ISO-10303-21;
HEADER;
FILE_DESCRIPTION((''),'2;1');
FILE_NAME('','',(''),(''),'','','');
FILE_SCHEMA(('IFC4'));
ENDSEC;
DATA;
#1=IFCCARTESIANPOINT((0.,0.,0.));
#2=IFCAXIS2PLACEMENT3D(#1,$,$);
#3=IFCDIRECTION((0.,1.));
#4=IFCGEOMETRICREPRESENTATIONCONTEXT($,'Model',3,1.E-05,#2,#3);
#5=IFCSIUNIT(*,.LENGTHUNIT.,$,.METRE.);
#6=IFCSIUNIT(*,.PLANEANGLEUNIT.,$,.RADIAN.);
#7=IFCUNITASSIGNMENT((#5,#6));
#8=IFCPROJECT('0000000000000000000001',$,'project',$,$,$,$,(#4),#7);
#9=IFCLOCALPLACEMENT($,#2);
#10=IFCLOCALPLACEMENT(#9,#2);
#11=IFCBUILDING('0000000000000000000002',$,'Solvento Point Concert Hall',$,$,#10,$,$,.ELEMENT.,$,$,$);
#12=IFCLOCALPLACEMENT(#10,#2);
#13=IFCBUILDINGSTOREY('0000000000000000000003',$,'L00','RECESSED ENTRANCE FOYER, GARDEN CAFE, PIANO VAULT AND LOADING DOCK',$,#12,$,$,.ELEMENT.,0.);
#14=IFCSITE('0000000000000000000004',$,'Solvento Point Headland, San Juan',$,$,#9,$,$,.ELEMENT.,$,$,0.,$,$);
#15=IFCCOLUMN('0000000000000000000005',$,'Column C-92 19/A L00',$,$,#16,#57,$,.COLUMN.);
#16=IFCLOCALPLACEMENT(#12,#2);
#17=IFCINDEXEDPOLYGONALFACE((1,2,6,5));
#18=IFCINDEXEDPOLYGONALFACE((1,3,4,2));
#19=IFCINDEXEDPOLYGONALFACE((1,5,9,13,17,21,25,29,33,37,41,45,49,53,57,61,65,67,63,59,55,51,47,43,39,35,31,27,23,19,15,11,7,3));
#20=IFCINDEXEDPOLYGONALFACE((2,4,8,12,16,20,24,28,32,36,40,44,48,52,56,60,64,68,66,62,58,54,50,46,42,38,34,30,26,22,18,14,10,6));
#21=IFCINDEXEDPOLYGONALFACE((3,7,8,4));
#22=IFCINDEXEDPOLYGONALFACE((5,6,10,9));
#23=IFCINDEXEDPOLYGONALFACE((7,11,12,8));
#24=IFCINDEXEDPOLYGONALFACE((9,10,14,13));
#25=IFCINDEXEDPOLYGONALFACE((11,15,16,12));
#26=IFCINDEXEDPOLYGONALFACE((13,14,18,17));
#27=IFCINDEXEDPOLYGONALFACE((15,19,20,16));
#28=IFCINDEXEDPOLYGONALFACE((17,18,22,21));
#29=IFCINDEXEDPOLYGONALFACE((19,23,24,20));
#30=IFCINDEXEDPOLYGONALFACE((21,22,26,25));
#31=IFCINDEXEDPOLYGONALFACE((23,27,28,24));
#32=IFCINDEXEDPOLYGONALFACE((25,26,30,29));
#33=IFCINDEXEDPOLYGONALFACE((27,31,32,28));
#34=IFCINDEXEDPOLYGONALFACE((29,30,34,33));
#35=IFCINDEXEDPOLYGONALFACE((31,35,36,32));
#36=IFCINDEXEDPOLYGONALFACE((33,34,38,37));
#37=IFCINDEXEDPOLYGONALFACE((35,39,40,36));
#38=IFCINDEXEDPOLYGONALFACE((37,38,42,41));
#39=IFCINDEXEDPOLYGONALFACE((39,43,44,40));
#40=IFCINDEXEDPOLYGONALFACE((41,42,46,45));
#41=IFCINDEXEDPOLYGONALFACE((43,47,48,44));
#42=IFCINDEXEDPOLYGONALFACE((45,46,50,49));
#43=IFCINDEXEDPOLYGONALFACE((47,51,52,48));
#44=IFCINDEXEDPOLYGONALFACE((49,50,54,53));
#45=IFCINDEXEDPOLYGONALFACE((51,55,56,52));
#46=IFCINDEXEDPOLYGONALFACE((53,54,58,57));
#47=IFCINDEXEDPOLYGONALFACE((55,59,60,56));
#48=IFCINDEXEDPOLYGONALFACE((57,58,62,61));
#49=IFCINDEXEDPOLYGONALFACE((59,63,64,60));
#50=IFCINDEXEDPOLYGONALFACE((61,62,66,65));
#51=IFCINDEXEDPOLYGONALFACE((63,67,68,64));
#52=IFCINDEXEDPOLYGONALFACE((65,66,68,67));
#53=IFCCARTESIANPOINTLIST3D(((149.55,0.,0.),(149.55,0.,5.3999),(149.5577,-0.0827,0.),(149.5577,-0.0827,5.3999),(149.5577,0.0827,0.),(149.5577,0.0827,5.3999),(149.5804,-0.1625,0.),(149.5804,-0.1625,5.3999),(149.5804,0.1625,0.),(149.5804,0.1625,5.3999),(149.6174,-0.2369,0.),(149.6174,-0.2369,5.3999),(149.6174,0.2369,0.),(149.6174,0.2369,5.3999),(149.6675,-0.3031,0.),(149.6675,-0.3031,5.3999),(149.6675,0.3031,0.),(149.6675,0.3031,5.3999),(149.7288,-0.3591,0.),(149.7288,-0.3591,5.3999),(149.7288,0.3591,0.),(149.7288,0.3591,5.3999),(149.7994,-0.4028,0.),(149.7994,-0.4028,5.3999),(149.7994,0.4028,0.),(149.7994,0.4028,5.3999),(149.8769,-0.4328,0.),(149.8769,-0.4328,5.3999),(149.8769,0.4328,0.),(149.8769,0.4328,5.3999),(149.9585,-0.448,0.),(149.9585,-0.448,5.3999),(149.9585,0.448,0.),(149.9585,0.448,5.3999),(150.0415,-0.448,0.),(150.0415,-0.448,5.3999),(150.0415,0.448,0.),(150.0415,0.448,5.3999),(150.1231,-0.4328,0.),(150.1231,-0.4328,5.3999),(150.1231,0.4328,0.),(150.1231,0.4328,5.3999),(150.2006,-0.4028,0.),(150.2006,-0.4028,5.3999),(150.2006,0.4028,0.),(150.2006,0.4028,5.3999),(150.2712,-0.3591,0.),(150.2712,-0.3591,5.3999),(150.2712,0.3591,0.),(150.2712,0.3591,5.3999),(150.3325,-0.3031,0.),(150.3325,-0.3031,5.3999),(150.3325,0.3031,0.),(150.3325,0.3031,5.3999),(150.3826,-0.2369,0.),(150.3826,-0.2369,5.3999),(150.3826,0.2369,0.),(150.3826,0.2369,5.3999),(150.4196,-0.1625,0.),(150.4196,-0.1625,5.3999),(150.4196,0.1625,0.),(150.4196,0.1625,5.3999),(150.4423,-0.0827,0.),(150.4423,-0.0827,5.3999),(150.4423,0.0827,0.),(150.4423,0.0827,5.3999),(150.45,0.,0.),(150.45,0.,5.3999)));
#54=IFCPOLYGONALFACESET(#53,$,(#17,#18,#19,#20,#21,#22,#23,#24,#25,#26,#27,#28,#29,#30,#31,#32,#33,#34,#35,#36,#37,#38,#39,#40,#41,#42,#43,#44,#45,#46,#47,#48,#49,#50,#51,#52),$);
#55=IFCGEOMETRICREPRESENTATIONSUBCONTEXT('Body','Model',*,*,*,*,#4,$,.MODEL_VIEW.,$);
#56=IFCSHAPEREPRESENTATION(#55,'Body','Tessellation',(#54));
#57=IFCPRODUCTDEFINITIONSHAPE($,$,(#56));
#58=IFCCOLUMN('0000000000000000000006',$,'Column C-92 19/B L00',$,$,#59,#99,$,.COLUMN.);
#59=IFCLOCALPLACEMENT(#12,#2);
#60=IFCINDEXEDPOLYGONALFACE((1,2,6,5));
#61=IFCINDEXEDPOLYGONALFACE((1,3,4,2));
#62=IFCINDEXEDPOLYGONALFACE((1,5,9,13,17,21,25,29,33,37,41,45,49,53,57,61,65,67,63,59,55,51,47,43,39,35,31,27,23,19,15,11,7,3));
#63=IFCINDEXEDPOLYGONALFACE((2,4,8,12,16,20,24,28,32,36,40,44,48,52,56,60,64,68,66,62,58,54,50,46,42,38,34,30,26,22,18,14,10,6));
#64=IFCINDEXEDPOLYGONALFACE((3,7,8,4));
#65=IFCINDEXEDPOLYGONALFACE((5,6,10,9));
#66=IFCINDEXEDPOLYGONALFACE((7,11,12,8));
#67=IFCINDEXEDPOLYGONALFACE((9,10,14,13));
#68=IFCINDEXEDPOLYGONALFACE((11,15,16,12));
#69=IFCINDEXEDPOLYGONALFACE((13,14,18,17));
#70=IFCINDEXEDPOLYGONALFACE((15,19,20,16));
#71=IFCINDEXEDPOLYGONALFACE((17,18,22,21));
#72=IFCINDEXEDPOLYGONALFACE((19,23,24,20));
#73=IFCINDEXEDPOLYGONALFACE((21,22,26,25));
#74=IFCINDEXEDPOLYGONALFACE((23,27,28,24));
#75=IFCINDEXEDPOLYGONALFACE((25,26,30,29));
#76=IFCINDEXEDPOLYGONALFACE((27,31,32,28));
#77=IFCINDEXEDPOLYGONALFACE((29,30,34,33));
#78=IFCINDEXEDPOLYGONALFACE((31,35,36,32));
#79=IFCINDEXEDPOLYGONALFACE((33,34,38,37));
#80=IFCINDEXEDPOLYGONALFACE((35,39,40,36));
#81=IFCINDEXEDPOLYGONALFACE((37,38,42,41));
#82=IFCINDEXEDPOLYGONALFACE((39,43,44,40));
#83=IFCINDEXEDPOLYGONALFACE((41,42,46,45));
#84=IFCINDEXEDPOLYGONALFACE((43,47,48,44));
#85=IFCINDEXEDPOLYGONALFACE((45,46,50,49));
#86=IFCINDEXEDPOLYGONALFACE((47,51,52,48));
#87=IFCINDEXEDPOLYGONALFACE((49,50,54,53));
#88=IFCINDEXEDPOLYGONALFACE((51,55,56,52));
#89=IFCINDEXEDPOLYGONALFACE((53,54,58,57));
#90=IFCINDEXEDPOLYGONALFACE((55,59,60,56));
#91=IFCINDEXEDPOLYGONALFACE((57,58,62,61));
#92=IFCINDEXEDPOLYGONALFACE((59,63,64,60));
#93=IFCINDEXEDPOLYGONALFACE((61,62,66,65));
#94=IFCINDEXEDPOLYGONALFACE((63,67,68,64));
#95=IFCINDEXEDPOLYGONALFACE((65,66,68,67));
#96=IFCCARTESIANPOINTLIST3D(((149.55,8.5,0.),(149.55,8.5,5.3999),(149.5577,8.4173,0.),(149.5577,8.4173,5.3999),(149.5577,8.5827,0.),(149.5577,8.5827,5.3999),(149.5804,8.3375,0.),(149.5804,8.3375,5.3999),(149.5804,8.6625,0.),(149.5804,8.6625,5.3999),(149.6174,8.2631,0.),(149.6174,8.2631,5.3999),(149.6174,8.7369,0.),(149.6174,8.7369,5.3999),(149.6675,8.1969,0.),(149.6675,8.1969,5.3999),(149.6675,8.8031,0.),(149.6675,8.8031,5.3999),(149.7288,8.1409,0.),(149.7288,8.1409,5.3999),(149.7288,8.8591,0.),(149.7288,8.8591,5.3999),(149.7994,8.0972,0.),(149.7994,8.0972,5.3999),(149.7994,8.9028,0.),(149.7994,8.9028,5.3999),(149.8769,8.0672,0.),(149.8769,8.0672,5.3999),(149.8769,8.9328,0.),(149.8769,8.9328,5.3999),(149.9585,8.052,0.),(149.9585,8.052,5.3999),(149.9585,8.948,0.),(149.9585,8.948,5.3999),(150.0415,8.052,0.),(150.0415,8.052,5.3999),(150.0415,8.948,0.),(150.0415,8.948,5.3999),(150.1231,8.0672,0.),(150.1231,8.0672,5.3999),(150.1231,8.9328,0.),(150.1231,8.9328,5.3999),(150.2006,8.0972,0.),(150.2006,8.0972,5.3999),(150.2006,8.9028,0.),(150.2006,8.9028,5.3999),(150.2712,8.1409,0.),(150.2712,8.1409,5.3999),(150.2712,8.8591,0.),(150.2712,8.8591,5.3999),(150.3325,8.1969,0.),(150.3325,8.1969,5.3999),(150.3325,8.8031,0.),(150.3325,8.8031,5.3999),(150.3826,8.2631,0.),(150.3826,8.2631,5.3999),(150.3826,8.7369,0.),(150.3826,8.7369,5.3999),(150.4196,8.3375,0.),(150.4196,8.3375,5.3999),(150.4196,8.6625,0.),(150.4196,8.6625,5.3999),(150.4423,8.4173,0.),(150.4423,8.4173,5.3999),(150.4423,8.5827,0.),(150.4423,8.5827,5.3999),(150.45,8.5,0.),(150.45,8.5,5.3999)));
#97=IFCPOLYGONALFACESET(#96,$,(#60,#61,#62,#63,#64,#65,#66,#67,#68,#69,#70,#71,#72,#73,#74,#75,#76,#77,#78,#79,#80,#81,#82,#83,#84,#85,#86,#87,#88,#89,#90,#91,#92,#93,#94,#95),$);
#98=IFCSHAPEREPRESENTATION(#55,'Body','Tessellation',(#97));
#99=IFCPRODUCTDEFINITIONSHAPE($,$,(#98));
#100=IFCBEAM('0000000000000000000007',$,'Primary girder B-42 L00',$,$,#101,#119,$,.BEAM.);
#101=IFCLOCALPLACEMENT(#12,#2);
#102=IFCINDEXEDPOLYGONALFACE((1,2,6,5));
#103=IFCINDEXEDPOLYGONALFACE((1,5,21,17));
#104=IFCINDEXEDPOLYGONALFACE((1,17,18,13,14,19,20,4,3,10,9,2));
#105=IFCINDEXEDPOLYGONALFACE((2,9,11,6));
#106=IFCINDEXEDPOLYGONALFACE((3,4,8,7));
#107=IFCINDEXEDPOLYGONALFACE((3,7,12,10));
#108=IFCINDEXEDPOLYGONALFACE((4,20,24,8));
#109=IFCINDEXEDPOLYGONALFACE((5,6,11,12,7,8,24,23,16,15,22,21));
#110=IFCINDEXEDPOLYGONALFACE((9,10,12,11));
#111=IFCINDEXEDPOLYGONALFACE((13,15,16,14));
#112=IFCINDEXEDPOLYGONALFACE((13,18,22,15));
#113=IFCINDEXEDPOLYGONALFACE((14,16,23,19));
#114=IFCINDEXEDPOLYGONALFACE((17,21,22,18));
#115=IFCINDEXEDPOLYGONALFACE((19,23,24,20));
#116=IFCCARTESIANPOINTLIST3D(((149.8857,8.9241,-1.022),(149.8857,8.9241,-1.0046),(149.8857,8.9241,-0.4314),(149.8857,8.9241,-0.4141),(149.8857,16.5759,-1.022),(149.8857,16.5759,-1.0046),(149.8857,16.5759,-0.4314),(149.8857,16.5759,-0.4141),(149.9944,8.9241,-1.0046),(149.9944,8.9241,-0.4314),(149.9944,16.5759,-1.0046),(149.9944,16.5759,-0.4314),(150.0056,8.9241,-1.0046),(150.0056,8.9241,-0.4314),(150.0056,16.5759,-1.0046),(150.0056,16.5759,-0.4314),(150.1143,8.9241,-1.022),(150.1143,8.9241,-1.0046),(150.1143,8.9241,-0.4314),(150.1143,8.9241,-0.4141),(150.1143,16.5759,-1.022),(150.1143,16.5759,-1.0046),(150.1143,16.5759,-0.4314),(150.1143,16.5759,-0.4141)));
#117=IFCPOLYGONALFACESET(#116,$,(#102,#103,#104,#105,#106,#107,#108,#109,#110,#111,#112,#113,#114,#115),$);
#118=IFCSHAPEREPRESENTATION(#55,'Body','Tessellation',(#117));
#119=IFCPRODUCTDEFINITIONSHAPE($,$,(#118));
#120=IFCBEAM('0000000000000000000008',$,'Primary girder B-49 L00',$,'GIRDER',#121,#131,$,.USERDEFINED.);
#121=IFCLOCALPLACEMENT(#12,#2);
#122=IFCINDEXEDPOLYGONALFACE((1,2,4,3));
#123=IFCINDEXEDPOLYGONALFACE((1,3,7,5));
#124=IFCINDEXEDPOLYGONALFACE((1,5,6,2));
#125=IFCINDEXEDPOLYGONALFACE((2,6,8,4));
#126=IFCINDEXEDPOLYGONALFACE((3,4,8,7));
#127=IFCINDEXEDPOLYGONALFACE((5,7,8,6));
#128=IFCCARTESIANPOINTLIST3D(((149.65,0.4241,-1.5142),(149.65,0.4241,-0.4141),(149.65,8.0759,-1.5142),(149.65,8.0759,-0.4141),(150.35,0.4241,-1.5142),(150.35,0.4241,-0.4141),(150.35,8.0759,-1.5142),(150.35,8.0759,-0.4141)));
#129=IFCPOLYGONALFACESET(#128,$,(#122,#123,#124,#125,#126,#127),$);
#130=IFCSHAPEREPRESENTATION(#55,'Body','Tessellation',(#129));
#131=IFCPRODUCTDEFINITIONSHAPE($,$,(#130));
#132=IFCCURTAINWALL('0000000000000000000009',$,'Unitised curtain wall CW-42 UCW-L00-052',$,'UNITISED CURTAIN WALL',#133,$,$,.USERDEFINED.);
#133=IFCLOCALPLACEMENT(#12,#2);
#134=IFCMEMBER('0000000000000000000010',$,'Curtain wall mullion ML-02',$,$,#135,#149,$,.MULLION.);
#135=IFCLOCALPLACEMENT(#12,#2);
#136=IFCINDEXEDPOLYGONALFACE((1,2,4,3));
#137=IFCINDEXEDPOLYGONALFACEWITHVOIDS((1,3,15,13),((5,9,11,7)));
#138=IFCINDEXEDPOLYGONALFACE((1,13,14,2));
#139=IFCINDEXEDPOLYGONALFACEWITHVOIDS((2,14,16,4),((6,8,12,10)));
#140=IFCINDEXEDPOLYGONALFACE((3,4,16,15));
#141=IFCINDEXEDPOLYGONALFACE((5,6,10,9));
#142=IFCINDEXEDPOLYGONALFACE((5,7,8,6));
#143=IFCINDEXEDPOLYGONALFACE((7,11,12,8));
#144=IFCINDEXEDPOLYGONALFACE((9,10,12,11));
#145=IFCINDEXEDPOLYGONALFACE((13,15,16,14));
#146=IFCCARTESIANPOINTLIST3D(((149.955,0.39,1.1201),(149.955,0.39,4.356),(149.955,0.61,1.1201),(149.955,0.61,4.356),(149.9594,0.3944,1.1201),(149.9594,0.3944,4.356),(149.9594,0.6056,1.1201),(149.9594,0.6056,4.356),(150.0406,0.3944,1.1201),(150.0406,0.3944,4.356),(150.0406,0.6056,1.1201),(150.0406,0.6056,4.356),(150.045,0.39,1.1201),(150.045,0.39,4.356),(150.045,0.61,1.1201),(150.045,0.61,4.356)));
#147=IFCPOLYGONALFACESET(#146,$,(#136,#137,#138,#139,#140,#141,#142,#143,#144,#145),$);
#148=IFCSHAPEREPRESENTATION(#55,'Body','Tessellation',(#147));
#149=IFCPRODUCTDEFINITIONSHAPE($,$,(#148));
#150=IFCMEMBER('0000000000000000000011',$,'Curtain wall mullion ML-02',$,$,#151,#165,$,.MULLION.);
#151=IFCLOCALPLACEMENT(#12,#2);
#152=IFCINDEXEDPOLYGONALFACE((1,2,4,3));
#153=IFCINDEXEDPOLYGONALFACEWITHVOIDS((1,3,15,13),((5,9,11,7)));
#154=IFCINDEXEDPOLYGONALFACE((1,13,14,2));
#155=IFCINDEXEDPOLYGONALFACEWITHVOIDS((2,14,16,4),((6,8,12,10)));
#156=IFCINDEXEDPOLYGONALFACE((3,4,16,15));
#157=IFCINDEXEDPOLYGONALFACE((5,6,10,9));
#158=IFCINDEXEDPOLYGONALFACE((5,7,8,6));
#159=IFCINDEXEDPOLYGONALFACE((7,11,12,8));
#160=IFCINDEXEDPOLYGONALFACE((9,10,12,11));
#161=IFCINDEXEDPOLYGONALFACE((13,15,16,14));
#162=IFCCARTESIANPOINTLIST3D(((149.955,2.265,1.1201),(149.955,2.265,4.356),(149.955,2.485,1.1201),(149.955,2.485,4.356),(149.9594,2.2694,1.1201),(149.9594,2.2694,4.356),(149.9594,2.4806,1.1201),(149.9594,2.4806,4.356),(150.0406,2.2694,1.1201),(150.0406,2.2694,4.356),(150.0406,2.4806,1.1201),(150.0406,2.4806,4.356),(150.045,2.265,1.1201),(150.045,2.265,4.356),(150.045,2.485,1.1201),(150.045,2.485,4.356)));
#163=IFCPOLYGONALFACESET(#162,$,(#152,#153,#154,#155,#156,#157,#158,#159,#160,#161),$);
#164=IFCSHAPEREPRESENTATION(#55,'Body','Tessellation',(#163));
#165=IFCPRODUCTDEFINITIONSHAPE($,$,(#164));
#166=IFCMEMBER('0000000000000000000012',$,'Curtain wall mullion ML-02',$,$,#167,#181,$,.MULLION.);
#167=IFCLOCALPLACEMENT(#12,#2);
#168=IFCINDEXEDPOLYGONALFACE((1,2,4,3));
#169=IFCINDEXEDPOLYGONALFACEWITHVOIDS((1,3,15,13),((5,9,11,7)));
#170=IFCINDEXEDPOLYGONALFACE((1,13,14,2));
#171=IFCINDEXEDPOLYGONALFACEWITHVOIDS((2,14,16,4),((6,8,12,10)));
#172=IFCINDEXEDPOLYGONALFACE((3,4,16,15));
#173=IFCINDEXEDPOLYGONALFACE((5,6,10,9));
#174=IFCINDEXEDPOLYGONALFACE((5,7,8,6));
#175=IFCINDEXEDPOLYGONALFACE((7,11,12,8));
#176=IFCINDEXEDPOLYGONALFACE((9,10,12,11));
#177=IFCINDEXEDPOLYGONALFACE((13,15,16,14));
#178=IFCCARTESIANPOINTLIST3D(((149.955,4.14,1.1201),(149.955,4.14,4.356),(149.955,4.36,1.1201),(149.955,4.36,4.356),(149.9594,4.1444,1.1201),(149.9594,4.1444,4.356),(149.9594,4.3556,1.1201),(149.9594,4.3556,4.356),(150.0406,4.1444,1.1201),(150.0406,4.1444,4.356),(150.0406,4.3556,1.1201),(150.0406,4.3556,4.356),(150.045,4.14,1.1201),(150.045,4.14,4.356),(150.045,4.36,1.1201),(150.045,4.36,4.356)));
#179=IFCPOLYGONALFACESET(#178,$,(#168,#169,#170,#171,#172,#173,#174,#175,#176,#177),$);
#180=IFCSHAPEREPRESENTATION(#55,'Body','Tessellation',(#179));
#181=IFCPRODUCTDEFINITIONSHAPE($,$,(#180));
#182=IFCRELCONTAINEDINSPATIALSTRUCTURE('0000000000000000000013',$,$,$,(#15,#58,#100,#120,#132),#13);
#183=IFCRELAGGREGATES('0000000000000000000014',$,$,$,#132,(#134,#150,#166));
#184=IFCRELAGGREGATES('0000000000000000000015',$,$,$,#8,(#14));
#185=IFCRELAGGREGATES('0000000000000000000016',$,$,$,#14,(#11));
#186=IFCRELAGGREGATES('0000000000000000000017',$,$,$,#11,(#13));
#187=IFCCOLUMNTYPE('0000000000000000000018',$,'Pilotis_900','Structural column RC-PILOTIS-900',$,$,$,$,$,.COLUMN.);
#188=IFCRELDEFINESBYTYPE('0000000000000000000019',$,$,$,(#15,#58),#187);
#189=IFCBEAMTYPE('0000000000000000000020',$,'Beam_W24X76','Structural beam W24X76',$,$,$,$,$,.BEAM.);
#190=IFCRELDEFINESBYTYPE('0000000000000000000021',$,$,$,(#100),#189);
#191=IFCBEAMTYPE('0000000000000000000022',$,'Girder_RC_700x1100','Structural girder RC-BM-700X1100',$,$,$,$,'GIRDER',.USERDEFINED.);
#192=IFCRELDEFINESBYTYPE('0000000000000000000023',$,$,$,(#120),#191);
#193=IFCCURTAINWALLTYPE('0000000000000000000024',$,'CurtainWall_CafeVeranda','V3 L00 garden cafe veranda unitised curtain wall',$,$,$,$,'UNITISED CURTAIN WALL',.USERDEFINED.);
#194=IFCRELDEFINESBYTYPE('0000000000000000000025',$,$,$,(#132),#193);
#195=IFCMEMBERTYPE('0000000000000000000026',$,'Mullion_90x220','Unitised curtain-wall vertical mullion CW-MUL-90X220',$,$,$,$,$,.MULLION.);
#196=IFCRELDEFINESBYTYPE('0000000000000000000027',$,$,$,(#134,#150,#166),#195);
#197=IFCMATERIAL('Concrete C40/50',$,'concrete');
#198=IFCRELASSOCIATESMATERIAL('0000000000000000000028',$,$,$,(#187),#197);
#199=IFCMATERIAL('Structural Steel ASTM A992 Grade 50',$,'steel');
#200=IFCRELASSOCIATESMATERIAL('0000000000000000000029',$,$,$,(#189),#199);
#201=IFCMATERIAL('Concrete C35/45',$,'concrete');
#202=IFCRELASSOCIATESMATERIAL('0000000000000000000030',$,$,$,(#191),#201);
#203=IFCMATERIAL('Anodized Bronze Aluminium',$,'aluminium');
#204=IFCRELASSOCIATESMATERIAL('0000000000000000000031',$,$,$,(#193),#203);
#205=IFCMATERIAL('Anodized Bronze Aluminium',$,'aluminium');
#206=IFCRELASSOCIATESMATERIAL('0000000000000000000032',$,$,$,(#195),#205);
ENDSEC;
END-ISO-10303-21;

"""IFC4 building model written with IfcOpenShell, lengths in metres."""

from ifc_helpers import new_model, si_unit, direction, frame, origin, origin_2d, place, context, subcontext, project, spatial, rectangle, hollow_rectangle, circle, i_section, extrude, material, material_profile, profile_set, type_object, element, aggregate, save


model = new_model("IFC4")

# Units and contexts
model_context = context("Model", 3, precision=1e-05, world=origin(), true_north=direction((0.0, 1.0)))
body_context = subcontext(model_context, "Body", "Model", "MODEL_VIEW")
ifc_project = project(units=[si_unit("LENGTHUNIT", "METRE"), si_unit("PLANEANGLEUNIT", "RADIAN")], contexts=[model_context])

# Site, building, storey
site_placement = place(None, origin())
site = spatial("IfcSite", under=ifc_project, at=site_placement, Name="Solvento Point Headland, San Juan", CompositionType="ELEMENT", RefElevation=0.0)
building_placement = place(site_placement, origin())
building = spatial("IfcBuilding", under=site, at=building_placement, Name="Solvento Point Concert Hall", CompositionType="ELEMENT")
storey_placement = place(building_placement, origin())
storey = spatial("IfcBuildingStorey", under=building, at=storey_placement, Name="L00", Description="RECESSED ENTRANCE FOYER, GARDEN CAFE, PIANO VAULT AND LOADING DOCK", CompositionType="ELEMENT", Elevation=0.0)

# Columns
ifc_material_1 = material(Name="Concrete C40/50", Category="concrete")
ifc_material_profile_1 = material_profile(ifc_material_1, circle(Radius=0.45, at=origin_2d()), Name="RC-PILOTIS-900")
ifc_profile_set_1 = profile_set([ifc_material_profile_1], Name="Concrete C40/50")
column_type = type_object("IfcColumnType", Name="Pilotis_900", Description="Structural column RC-PILOTIS-900", PredefinedType="COLUMN", material=ifc_profile_set_1)
for number, where, z_axis, x_axis, name in (
    (1, (150.0, 0.0, 0.0), (0.0, 0.0, 1.0), (1.0, 0.0, 0.0), "Column C-92 19/A L00"),
    (2, (150.0, 8.5, 0.0), (0.0, 0.0, 1.0), (1.0, 0.0, 0.0), "Column C-92 19/B L00"),
):
    element("IfcColumn", number, at=place(storey_placement, frame(where, z_axis=z_axis, x_axis=x_axis)), inside=storey, type_object=column_type, Name=name, PredefinedType="COLUMN", context=body_context, shape_type="SweptSolid", body=[
        extrude(circle(Radius=0.45, at=origin_2d()), origin(), (0.0, 0.0, 1.0), 5.3999),
    ])

# Beams
ifc_material_2 = material(Name="Structural Steel ASTM A992 Grade 50", Category="steel")
ifc_material_profile_2 = material_profile(ifc_material_2, i_section(OverallWidth=0.2285, OverallDepth=0.6079, WebThickness=0.0112, FlangeThickness=0.0173, at=origin_2d()), Name="W24X76")
ifc_profile_set_2 = profile_set([ifc_material_profile_2], Name="Structural Steel ASTM A992 Grade 50")
beam_type_1 = type_object("IfcBeamType", Name="Beam_W24X76", Description="Structural beam W24X76", PredefinedType="BEAM", material=ifc_profile_set_2)
beam_1_placement = place(storey_placement, frame((150.0, 8.9241, -0.718), z_axis=(0.0, 1.0, 0.0), x_axis=(-1.0, 0.0, 0.0)))
element("IfcBeam", 3, at=beam_1_placement, inside=storey, type_object=beam_type_1, Name="Primary girder B-42 L00", PredefinedType="BEAM", context=body_context, shape_type="SweptSolid", body=[
    extrude(i_section(OverallWidth=0.2285, OverallDepth=0.6079, WebThickness=0.0112, FlangeThickness=0.0173, at=origin_2d()), origin(), (0.0, 0.0, 1.0), 7.6519),
])
ifc_material_3 = material(Name="Concrete C35/45", Category="concrete")
ifc_material_profile_3 = material_profile(ifc_material_3, rectangle(XDim=0.7, YDim=1.1001, at=origin_2d()), Name="RC-BM-700X1100")
ifc_profile_set_3 = profile_set([ifc_material_profile_3], Name="Concrete C35/45")
beam_type_2 = type_object("IfcBeamType", Name="Girder_RC_700x1100", Description="Structural girder RC-BM-700X1100", ElementType="GIRDER", PredefinedType="USERDEFINED", material=ifc_profile_set_3)
beam_2_placement = place(storey_placement, frame((150.0, 0.4241, -0.9641), z_axis=(0.0, 1.0, 0.0), x_axis=(-1.0, 0.0, 0.0)))
element("IfcBeam", 4, at=beam_2_placement, inside=storey, type_object=beam_type_2, Name="Primary girder B-49 L00", ObjectType="GIRDER", PredefinedType="USERDEFINED", context=body_context, shape_type="SweptSolid", body=[
    extrude(rectangle(XDim=0.7, YDim=1.1001, at=origin_2d()), origin(), (0.0, 0.0, 1.0), 7.6519),
])

# Curtain wall, members
ifc_material_4 = material(Name="Anodized Bronze Aluminium", Category="aluminium")
curtain_wall_type = type_object("IfcCurtainWallType", Name="CurtainWall_CafeVeranda", Description="V3 L00 garden cafe veranda unitised curtain wall", ElementType="UNITISED CURTAIN WALL", PredefinedType="USERDEFINED", material=ifc_material_4)
curtain_wall_1_placement = place(storey_placement, origin())
curtain_wall_1 = element("IfcCurtainWall", 5, at=curtain_wall_1_placement, inside=storey, type_object=curtain_wall_type, Name="Unitised curtain wall CW-42 UCW-L00-052", ObjectType="UNITISED CURTAIN WALL", PredefinedType="USERDEFINED")
ifc_material_5 = material(Name="Anodized Bronze Aluminium", Category="aluminium")
ifc_material_profile_4 = material_profile(ifc_material_5, hollow_rectangle(XDim=0.0901, YDim=0.22, WallThickness=0.0044, at=origin_2d()), Name="CW-MUL-90X220")
ifc_profile_set_4 = profile_set([ifc_material_profile_4], Name="Anodized Bronze Aluminium")
member_type_1 = type_object("IfcMemberType", Name="Mullion_90x220", Description="Unitised curtain-wall vertical mullion CW-MUL-90X220", PredefinedType="MULLION", material=ifc_profile_set_4)
member_1_placement = place(storey_placement, frame((150.0, 0.5, 1.1201), z_axis=(0.0, 0.0, 1.0), x_axis=(1.0, 0.0, 0.0)))
member_1 = element("IfcMember", 6, at=member_1_placement, type_object=member_type_1, Name="Curtain wall mullion ML-02", PredefinedType="MULLION", context=body_context, shape_type="SweptSolid", body=[
    extrude(hollow_rectangle(XDim=0.0901, YDim=0.22, WallThickness=0.0044, at=origin_2d()), origin(), (0.0, 0.0, 1.0), 3.2358),
])
member_2_placement = place(storey_placement, frame((150.0, 2.375, 1.1201), z_axis=(0.0, 0.0, 1.0), x_axis=(1.0, 0.0, 0.0)))
member_2 = element("IfcMember", 7, at=member_2_placement, type_object=member_type_1, Name="Curtain wall mullion ML-02", PredefinedType="MULLION", context=body_context, shape_type="SweptSolid", body=[
    extrude(hollow_rectangle(XDim=0.0901, YDim=0.22, WallThickness=0.0044, at=origin_2d()), origin(), (0.0, 0.0, 1.0), 3.2358),
])
member_3_placement = place(storey_placement, frame((150.0, 4.25, 1.1201), z_axis=(0.0, 0.0, 1.0), x_axis=(1.0, 0.0, 0.0)))
member_3 = element("IfcMember", 8, at=member_3_placement, type_object=member_type_1, Name="Curtain wall mullion ML-02", PredefinedType="MULLION", context=body_context, shape_type="SweptSolid", body=[
    extrude(hollow_rectangle(XDim=0.0901, YDim=0.22, WallThickness=0.0044, at=origin_2d()), origin(), (0.0, 0.0, 1.0), 3.2358),
])

aggregate(curtain_wall_1, [member_1, member_2, member_3])

save(model, "model.ifc")
